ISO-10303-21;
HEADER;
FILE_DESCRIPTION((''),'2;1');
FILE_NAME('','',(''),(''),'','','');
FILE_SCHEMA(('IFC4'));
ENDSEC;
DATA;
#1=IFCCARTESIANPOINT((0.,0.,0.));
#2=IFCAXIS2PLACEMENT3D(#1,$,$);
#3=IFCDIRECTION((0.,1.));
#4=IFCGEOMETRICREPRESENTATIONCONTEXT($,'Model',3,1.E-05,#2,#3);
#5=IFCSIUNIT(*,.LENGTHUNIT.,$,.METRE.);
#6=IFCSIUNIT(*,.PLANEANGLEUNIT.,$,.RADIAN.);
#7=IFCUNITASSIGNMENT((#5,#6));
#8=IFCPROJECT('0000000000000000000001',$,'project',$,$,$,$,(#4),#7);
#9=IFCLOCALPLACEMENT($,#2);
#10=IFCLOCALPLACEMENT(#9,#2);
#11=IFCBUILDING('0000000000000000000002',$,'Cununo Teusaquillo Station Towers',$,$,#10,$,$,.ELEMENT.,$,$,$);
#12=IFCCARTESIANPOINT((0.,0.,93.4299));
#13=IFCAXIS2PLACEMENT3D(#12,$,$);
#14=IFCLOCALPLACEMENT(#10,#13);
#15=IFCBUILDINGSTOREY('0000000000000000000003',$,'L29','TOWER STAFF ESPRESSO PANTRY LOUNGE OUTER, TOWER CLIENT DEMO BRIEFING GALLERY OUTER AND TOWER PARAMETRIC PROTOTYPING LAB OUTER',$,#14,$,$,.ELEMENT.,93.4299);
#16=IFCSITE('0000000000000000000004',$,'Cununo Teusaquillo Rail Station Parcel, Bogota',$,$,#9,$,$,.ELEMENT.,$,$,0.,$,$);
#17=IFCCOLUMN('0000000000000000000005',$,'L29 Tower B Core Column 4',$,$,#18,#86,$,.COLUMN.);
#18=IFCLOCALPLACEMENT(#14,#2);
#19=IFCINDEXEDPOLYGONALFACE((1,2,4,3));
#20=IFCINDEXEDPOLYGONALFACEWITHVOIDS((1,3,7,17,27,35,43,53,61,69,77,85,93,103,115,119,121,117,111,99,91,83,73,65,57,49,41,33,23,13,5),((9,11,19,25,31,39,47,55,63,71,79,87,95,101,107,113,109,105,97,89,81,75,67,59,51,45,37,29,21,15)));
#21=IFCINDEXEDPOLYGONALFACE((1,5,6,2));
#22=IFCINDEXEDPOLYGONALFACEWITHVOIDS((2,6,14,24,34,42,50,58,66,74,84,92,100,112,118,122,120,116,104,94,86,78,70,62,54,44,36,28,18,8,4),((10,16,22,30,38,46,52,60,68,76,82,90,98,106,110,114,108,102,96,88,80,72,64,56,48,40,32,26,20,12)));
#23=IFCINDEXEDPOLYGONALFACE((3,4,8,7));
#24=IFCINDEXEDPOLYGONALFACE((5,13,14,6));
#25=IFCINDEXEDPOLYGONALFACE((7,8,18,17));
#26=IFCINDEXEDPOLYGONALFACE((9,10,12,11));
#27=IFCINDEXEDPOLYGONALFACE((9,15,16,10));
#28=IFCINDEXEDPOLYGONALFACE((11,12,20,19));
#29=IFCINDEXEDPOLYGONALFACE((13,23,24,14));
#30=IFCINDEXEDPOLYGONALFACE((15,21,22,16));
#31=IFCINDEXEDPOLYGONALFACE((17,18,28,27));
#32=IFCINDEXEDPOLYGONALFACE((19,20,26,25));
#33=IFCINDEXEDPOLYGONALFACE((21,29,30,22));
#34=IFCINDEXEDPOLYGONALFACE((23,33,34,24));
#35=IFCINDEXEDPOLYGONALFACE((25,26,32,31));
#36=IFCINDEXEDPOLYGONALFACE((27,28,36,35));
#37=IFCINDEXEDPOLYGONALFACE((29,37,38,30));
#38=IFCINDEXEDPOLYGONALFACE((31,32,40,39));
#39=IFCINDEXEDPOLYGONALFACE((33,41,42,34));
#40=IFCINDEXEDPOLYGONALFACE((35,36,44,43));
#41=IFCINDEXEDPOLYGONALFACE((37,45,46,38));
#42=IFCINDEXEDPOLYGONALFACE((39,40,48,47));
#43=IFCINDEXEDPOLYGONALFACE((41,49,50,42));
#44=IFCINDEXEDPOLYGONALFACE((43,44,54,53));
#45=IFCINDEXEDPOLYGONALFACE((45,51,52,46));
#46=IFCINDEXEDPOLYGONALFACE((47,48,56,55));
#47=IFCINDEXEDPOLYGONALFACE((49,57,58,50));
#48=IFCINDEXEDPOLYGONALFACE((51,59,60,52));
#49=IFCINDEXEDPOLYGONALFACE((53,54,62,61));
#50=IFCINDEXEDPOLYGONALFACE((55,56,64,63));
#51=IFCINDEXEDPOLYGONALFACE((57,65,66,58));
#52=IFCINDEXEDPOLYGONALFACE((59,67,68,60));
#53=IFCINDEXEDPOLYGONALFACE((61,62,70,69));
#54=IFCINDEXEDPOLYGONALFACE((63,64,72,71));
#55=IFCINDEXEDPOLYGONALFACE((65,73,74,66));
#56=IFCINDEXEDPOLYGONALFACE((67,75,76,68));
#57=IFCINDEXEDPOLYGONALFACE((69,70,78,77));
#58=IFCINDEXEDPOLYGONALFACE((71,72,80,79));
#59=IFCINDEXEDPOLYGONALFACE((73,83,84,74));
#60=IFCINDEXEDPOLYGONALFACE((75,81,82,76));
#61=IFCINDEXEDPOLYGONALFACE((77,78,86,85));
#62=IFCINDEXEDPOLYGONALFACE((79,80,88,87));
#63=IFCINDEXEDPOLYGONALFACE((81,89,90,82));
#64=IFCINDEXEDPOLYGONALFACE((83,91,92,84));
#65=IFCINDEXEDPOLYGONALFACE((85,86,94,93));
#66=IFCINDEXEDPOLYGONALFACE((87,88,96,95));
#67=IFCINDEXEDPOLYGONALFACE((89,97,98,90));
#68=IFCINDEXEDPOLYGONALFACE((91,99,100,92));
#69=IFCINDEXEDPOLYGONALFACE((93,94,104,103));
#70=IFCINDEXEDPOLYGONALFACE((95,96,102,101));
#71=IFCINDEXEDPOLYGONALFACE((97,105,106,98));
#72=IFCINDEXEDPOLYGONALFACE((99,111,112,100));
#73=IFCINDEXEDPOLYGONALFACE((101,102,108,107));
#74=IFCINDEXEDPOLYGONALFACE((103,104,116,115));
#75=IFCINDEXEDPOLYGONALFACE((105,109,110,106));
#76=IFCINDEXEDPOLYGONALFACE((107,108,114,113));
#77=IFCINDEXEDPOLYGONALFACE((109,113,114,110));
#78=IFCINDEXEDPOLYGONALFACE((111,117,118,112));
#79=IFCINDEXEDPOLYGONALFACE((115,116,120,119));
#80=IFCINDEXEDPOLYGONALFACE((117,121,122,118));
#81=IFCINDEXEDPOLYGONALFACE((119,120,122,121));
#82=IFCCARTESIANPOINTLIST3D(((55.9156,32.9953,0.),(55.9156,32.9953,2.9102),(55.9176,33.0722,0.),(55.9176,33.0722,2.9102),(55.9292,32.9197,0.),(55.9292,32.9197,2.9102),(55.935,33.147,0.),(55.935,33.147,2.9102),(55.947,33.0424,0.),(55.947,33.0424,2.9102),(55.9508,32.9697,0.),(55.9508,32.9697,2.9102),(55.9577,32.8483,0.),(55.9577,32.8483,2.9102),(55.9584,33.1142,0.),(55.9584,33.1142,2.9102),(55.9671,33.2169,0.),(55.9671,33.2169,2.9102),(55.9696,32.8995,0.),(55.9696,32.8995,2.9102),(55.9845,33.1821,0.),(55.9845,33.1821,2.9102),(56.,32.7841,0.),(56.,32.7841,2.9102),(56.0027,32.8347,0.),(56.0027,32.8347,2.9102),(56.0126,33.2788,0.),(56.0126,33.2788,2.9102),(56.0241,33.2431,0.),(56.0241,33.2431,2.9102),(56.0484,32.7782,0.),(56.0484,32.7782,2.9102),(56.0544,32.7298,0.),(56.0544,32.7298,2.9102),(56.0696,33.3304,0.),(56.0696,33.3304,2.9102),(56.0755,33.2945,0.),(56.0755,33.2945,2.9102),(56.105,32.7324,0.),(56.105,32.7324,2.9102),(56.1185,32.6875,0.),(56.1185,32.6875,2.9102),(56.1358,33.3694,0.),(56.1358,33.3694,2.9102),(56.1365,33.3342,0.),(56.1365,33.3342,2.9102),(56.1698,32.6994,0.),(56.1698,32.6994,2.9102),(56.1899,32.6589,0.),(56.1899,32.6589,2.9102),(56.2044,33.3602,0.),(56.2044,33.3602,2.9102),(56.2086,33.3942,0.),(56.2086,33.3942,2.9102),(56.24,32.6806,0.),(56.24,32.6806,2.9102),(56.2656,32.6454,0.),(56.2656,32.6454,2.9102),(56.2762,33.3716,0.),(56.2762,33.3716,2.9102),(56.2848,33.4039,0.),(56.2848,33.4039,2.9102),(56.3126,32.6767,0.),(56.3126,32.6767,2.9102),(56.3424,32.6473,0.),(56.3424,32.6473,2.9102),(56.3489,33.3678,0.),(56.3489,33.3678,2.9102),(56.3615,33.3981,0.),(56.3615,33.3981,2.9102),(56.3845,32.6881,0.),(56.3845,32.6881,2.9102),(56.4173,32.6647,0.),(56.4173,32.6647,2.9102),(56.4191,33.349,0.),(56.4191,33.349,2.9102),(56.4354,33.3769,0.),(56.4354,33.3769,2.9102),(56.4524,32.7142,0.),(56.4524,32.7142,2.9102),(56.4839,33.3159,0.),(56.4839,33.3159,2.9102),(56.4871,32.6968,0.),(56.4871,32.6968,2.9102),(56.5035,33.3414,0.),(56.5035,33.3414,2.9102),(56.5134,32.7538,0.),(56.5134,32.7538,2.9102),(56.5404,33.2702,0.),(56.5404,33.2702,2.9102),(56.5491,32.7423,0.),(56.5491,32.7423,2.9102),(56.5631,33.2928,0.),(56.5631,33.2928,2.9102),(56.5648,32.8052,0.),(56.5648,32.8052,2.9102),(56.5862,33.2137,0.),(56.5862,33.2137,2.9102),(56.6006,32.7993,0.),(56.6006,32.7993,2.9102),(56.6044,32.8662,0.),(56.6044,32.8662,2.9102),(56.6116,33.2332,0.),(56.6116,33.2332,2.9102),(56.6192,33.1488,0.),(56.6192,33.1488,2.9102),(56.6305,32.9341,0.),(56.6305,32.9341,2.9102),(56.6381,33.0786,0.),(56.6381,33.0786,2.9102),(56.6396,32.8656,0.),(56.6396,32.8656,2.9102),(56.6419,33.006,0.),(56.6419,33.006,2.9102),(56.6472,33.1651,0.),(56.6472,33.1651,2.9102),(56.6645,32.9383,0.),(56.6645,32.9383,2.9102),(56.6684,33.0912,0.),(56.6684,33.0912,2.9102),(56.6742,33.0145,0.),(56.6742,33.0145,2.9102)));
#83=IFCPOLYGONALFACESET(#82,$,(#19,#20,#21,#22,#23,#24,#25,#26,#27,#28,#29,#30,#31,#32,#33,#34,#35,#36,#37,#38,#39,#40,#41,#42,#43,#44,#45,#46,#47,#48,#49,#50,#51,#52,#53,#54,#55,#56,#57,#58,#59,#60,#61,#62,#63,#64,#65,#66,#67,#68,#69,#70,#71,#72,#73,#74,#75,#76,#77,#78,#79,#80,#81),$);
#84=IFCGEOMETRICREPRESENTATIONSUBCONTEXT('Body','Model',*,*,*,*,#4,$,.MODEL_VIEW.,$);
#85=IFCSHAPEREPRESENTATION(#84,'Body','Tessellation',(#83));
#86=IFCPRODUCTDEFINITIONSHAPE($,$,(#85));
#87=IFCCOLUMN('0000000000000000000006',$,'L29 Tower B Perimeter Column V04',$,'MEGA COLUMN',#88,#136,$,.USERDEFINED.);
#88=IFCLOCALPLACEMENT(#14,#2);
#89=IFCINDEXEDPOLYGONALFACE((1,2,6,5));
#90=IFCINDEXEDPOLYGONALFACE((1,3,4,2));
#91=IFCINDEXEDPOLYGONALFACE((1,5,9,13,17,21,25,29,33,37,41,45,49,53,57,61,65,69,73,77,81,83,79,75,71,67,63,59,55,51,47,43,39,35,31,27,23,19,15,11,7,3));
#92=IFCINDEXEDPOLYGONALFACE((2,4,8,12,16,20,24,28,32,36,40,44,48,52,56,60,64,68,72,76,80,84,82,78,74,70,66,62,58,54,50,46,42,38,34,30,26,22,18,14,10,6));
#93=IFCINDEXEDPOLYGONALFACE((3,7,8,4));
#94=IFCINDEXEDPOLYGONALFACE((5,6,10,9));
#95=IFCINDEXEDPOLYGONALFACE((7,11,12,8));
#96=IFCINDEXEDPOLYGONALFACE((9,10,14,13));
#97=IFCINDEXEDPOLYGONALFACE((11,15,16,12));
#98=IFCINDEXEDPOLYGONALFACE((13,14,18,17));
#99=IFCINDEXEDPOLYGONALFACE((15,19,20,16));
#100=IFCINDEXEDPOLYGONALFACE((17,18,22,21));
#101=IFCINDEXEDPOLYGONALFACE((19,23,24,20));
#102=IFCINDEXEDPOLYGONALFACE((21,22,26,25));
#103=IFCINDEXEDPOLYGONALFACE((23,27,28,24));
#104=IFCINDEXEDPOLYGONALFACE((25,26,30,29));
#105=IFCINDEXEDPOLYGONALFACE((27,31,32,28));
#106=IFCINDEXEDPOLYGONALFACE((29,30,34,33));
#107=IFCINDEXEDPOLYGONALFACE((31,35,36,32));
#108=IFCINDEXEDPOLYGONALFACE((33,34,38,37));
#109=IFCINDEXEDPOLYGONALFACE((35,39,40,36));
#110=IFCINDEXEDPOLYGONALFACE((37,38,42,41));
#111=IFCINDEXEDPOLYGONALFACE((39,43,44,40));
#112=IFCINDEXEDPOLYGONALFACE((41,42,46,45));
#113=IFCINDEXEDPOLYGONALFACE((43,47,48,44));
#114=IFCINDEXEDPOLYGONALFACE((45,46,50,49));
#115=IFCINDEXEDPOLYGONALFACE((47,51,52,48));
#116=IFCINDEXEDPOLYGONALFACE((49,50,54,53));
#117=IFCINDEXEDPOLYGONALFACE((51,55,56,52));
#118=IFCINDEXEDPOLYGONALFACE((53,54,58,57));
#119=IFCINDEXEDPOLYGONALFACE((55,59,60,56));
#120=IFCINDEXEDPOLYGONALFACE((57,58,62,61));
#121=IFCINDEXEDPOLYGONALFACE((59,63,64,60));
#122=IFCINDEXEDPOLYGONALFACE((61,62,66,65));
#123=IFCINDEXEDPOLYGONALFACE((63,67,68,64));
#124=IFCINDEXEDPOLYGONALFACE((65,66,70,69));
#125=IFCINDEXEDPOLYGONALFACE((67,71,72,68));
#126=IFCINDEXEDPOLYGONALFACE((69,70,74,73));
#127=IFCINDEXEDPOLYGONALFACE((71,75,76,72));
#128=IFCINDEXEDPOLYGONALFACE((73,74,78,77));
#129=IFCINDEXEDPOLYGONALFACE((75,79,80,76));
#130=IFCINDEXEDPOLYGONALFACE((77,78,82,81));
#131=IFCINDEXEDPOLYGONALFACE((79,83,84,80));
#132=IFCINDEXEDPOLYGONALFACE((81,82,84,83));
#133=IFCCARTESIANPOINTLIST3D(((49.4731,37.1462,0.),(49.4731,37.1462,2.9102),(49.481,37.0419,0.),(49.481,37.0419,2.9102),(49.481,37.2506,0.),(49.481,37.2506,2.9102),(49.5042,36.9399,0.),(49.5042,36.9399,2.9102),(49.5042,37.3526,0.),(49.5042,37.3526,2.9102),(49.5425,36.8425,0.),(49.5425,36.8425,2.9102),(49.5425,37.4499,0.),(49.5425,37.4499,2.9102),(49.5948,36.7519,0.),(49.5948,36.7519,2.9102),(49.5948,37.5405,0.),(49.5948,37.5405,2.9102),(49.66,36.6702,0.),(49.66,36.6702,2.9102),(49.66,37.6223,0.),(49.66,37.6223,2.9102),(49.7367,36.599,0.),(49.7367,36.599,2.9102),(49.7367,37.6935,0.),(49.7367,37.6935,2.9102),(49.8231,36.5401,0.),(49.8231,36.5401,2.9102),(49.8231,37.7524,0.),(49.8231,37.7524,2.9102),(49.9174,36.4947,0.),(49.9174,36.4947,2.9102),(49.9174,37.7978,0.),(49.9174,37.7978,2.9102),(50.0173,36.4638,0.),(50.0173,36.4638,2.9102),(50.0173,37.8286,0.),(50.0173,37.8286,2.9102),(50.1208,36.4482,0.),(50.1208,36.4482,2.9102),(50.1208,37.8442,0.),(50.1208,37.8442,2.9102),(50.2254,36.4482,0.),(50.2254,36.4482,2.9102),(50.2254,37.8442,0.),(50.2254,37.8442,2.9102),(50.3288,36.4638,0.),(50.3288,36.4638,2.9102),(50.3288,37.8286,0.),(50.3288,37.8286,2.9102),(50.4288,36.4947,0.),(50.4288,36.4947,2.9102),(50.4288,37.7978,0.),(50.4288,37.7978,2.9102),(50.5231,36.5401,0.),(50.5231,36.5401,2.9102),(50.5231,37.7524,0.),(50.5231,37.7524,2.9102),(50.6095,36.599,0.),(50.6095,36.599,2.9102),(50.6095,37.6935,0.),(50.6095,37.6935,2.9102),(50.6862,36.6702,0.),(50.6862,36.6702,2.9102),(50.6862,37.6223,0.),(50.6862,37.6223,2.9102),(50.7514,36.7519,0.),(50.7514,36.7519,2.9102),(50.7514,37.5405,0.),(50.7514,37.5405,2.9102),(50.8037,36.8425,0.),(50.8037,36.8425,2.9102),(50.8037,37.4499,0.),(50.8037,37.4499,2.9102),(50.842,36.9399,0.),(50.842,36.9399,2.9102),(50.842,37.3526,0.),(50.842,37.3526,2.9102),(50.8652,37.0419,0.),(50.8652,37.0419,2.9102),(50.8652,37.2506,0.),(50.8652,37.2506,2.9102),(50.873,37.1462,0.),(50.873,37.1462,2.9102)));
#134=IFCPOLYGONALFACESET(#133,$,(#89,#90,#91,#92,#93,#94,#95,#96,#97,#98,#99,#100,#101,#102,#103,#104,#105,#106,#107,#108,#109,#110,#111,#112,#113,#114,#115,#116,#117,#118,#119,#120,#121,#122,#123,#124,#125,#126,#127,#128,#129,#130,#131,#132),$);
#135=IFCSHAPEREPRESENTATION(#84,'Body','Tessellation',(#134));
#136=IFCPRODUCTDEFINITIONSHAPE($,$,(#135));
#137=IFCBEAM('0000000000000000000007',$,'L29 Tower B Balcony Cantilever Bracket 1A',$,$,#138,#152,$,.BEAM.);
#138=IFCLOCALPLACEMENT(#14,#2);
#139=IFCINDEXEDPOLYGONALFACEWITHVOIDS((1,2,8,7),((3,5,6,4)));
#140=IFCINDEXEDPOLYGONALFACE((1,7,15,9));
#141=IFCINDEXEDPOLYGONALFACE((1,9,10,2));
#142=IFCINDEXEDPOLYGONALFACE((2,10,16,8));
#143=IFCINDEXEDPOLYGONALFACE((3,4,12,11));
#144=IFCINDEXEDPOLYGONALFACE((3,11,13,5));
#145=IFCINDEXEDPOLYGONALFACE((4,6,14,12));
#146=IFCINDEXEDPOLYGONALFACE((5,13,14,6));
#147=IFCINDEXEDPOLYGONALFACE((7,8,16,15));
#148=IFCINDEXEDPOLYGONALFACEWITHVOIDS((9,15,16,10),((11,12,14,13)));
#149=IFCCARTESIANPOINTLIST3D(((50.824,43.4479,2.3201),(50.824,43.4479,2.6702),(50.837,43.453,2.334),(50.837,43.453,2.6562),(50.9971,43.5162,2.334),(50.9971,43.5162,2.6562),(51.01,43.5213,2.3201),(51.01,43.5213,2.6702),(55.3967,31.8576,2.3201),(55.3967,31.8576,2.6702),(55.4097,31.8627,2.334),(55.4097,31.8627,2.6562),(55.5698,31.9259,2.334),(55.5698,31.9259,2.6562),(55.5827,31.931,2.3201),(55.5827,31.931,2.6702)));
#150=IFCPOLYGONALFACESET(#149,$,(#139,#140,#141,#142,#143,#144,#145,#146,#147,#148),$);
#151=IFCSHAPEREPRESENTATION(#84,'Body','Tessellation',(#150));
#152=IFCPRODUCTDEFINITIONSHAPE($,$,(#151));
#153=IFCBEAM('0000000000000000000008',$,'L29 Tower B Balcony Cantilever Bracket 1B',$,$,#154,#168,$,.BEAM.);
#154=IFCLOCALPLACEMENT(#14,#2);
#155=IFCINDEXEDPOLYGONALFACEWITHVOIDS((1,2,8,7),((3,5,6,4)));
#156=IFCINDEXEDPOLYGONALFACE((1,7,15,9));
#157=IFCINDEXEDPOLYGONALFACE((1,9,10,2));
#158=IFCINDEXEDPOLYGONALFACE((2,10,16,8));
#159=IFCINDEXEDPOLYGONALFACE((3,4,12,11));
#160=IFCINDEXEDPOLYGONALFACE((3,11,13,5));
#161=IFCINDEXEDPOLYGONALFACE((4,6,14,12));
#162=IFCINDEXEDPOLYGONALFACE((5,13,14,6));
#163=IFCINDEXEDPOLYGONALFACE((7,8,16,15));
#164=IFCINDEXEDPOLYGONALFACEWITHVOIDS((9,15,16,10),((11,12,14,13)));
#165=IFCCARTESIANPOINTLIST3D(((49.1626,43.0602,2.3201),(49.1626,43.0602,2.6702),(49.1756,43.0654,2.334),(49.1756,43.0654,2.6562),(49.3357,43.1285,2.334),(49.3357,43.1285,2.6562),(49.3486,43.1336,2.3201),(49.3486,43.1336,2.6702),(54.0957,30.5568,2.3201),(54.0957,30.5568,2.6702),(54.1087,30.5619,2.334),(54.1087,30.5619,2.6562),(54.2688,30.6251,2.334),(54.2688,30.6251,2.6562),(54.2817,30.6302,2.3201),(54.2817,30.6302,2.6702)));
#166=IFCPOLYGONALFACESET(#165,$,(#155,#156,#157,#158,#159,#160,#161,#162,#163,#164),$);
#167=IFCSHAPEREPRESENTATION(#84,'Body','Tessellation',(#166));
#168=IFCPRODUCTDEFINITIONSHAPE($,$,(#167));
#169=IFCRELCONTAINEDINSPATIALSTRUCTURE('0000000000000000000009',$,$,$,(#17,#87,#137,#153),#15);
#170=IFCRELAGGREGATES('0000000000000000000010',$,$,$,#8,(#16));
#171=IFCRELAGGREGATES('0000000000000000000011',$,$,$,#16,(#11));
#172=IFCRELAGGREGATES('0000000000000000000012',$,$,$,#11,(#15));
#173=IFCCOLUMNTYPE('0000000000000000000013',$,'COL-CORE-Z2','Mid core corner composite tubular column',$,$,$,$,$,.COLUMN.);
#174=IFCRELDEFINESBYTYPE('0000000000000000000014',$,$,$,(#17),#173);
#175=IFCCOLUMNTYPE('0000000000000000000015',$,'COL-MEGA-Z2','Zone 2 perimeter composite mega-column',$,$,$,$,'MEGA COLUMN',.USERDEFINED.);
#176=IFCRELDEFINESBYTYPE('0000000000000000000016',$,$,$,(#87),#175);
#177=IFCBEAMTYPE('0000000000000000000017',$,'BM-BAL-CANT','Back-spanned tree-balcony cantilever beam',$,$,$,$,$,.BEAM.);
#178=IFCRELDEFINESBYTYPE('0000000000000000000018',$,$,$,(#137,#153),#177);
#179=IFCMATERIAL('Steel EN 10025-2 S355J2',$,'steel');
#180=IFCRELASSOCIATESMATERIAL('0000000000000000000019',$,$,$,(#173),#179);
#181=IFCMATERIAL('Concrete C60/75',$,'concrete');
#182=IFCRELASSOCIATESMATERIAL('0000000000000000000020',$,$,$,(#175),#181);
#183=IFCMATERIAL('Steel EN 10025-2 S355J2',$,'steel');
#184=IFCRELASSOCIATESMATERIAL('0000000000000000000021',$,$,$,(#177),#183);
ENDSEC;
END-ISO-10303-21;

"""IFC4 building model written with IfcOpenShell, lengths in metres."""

from ifc_helpers import new_model, si_unit, direction, frame, origin, origin_2d, place, context, subcontext, project, spatial, hollow_rectangle, circle, hollow_circle, extrude, material, material_profile, profile_set, type_object, element, save


model = new_model("IFC4")

# Units and contexts
model_context = context("Model", 3, precision=1e-05, world=origin(), true_north=direction((0.0, 1.0)))
body_context = subcontext(model_context, "Body", "Model", "MODEL_VIEW")
ifc_project = project(units=[si_unit("LENGTHUNIT", "METRE"), si_unit("PLANEANGLEUNIT", "RADIAN")], contexts=[model_context])

# Site, building, storey
site_placement = place(None, origin())
site = spatial("IfcSite", under=ifc_project, at=site_placement, Name="Cununo Teusaquillo Rail Station Parcel, Bogota", CompositionType="ELEMENT", RefElevation=0.0)
building_placement = place(site_placement, origin())
building = spatial("IfcBuilding", under=site, at=building_placement, Name="Cununo Teusaquillo Station Towers", CompositionType="ELEMENT")
storey_placement = place(building_placement, frame((0.0, 0.0, 93.4299)))
storey = spatial("IfcBuildingStorey", under=building, at=storey_placement, Name="L29", Description="TOWER STAFF ESPRESSO PANTRY LOUNGE OUTER, TOWER CLIENT DEMO BRIEFING GALLERY OUTER AND TOWER PARAMETRIC PROTOTYPING LAB OUTER", CompositionType="ELEMENT", Elevation=93.4299)

# Columns
ifc_material_1 = material(Name="Steel EN 10025-2 S355J2", Category="steel")
ifc_material_profile_1 = material_profile(ifc_material_1, hollow_circle(Radius=0.3799, WallThickness=0.032, at=origin_2d()), Name="CHS 760x32")
ifc_profile_set_1 = profile_set([ifc_material_profile_1], Name="Steel EN 10025-2 S355J2")
column_type_1 = type_object("IfcColumnType", Name="COL-CORE-Z2", Description="Mid core corner composite tubular column", PredefinedType="COLUMN", material=ifc_profile_set_1)
column_1_placement = place(storey_placement, frame((56.2944, 33.0242, 0.0), z_axis=(0.0, 0.0, 1.0), x_axis=(0.707107, 0.707107, 0.0)))
element("IfcColumn", 1, at=column_1_placement, inside=storey, type_object=column_type_1, Name="L29 Tower B Core Column 4", PredefinedType="COLUMN", context=body_context, shape_type="SweptSolid", body=[
    extrude(hollow_circle(Radius=0.3799, WallThickness=0.032, at=origin_2d()), origin(), (0.0, 0.0, 1.0), 2.9102),
])
ifc_material_2 = material(Name="Concrete C60/75", Category="concrete")
ifc_material_profile_2 = material_profile(ifc_material_2, circle(Radius=0.7, at=origin_2d()), Name="RC-CIRC-1400")
ifc_profile_set_2 = profile_set([ifc_material_profile_2], Name="Concrete C60/75")
column_type_2 = type_object("IfcColumnType", Name="COL-MEGA-Z2", Description="Zone 2 perimeter composite mega-column", ElementType="MEGA COLUMN", PredefinedType="USERDEFINED", material=ifc_profile_set_2)
column_2_placement = place(storey_placement, frame((50.1731, 37.1462, 0.0), z_axis=(0.0, 0.0, 1.0), x_axis=(1.0, 0.0, 0.0)))
element("IfcColumn", 2, at=column_2_placement, inside=storey, type_object=column_type_2, Name="L29 Tower B Perimeter Column V04", ObjectType="MEGA COLUMN", PredefinedType="USERDEFINED", context=body_context, shape_type="SweptSolid", body=[
    extrude(circle(Radius=0.7, at=origin_2d()), origin(), (0.0, 0.0, 1.0), 2.9102),
])

# Beams
ifc_material_3 = material(Name="Steel EN 10025-2 S355J2", Category="steel")
ifc_material_profile_3 = material_profile(ifc_material_3, hollow_rectangle(XDim=0.2, YDim=0.3501, WallThickness=0.0139, at=origin_2d()), Name="RHS 350x200x14")
ifc_profile_set_3 = profile_set([ifc_material_profile_3], Name="Steel EN 10025-2 S355J2")
beam_type_1 = type_object("IfcBeamType", Name="BM-BAL-CANT", Description="Back-spanned tree-balcony cantilever beam", PredefinedType="BEAM", material=ifc_profile_set_3)
beam_1_placement = place(storey_placement, frame((55.4897, 31.8943, 2.4951), z_axis=(-0.367001, 0.93022, 0.0), x_axis=(-0.93022, -0.367001, 0.0)))
element("IfcBeam", 3, at=beam_1_placement, inside=storey, type_object=beam_type_1, Name="L29 Tower B Balcony Cantilever Bracket 1A", PredefinedType="BEAM", context=body_context, shape_type="SweptSolid", body=[
    extrude(hollow_rectangle(XDim=0.2, YDim=0.3501, WallThickness=0.0139, at=origin_2d()), origin(), (0.0, 0.0, 1.0), 12.4597),
])
beam_2_placement = place(storey_placement, frame((54.1887, 30.5935, 2.4951), z_axis=(-0.367009, 0.930218, 0.0), x_axis=(-0.930218, -0.367009, 0.0)))
element("IfcBeam", 4, at=beam_2_placement, inside=storey, type_object=beam_type_1, Name="L29 Tower B Balcony Cantilever Bracket 1B", PredefinedType="BEAM", context=body_context, shape_type="SweptSolid", body=[
    extrude(hollow_rectangle(XDim=0.2, YDim=0.3501, WallThickness=0.0139, at=origin_2d()), origin(), (0.0, 0.0, 1.0), 13.4414),
])

save(model, "model.ifc")
